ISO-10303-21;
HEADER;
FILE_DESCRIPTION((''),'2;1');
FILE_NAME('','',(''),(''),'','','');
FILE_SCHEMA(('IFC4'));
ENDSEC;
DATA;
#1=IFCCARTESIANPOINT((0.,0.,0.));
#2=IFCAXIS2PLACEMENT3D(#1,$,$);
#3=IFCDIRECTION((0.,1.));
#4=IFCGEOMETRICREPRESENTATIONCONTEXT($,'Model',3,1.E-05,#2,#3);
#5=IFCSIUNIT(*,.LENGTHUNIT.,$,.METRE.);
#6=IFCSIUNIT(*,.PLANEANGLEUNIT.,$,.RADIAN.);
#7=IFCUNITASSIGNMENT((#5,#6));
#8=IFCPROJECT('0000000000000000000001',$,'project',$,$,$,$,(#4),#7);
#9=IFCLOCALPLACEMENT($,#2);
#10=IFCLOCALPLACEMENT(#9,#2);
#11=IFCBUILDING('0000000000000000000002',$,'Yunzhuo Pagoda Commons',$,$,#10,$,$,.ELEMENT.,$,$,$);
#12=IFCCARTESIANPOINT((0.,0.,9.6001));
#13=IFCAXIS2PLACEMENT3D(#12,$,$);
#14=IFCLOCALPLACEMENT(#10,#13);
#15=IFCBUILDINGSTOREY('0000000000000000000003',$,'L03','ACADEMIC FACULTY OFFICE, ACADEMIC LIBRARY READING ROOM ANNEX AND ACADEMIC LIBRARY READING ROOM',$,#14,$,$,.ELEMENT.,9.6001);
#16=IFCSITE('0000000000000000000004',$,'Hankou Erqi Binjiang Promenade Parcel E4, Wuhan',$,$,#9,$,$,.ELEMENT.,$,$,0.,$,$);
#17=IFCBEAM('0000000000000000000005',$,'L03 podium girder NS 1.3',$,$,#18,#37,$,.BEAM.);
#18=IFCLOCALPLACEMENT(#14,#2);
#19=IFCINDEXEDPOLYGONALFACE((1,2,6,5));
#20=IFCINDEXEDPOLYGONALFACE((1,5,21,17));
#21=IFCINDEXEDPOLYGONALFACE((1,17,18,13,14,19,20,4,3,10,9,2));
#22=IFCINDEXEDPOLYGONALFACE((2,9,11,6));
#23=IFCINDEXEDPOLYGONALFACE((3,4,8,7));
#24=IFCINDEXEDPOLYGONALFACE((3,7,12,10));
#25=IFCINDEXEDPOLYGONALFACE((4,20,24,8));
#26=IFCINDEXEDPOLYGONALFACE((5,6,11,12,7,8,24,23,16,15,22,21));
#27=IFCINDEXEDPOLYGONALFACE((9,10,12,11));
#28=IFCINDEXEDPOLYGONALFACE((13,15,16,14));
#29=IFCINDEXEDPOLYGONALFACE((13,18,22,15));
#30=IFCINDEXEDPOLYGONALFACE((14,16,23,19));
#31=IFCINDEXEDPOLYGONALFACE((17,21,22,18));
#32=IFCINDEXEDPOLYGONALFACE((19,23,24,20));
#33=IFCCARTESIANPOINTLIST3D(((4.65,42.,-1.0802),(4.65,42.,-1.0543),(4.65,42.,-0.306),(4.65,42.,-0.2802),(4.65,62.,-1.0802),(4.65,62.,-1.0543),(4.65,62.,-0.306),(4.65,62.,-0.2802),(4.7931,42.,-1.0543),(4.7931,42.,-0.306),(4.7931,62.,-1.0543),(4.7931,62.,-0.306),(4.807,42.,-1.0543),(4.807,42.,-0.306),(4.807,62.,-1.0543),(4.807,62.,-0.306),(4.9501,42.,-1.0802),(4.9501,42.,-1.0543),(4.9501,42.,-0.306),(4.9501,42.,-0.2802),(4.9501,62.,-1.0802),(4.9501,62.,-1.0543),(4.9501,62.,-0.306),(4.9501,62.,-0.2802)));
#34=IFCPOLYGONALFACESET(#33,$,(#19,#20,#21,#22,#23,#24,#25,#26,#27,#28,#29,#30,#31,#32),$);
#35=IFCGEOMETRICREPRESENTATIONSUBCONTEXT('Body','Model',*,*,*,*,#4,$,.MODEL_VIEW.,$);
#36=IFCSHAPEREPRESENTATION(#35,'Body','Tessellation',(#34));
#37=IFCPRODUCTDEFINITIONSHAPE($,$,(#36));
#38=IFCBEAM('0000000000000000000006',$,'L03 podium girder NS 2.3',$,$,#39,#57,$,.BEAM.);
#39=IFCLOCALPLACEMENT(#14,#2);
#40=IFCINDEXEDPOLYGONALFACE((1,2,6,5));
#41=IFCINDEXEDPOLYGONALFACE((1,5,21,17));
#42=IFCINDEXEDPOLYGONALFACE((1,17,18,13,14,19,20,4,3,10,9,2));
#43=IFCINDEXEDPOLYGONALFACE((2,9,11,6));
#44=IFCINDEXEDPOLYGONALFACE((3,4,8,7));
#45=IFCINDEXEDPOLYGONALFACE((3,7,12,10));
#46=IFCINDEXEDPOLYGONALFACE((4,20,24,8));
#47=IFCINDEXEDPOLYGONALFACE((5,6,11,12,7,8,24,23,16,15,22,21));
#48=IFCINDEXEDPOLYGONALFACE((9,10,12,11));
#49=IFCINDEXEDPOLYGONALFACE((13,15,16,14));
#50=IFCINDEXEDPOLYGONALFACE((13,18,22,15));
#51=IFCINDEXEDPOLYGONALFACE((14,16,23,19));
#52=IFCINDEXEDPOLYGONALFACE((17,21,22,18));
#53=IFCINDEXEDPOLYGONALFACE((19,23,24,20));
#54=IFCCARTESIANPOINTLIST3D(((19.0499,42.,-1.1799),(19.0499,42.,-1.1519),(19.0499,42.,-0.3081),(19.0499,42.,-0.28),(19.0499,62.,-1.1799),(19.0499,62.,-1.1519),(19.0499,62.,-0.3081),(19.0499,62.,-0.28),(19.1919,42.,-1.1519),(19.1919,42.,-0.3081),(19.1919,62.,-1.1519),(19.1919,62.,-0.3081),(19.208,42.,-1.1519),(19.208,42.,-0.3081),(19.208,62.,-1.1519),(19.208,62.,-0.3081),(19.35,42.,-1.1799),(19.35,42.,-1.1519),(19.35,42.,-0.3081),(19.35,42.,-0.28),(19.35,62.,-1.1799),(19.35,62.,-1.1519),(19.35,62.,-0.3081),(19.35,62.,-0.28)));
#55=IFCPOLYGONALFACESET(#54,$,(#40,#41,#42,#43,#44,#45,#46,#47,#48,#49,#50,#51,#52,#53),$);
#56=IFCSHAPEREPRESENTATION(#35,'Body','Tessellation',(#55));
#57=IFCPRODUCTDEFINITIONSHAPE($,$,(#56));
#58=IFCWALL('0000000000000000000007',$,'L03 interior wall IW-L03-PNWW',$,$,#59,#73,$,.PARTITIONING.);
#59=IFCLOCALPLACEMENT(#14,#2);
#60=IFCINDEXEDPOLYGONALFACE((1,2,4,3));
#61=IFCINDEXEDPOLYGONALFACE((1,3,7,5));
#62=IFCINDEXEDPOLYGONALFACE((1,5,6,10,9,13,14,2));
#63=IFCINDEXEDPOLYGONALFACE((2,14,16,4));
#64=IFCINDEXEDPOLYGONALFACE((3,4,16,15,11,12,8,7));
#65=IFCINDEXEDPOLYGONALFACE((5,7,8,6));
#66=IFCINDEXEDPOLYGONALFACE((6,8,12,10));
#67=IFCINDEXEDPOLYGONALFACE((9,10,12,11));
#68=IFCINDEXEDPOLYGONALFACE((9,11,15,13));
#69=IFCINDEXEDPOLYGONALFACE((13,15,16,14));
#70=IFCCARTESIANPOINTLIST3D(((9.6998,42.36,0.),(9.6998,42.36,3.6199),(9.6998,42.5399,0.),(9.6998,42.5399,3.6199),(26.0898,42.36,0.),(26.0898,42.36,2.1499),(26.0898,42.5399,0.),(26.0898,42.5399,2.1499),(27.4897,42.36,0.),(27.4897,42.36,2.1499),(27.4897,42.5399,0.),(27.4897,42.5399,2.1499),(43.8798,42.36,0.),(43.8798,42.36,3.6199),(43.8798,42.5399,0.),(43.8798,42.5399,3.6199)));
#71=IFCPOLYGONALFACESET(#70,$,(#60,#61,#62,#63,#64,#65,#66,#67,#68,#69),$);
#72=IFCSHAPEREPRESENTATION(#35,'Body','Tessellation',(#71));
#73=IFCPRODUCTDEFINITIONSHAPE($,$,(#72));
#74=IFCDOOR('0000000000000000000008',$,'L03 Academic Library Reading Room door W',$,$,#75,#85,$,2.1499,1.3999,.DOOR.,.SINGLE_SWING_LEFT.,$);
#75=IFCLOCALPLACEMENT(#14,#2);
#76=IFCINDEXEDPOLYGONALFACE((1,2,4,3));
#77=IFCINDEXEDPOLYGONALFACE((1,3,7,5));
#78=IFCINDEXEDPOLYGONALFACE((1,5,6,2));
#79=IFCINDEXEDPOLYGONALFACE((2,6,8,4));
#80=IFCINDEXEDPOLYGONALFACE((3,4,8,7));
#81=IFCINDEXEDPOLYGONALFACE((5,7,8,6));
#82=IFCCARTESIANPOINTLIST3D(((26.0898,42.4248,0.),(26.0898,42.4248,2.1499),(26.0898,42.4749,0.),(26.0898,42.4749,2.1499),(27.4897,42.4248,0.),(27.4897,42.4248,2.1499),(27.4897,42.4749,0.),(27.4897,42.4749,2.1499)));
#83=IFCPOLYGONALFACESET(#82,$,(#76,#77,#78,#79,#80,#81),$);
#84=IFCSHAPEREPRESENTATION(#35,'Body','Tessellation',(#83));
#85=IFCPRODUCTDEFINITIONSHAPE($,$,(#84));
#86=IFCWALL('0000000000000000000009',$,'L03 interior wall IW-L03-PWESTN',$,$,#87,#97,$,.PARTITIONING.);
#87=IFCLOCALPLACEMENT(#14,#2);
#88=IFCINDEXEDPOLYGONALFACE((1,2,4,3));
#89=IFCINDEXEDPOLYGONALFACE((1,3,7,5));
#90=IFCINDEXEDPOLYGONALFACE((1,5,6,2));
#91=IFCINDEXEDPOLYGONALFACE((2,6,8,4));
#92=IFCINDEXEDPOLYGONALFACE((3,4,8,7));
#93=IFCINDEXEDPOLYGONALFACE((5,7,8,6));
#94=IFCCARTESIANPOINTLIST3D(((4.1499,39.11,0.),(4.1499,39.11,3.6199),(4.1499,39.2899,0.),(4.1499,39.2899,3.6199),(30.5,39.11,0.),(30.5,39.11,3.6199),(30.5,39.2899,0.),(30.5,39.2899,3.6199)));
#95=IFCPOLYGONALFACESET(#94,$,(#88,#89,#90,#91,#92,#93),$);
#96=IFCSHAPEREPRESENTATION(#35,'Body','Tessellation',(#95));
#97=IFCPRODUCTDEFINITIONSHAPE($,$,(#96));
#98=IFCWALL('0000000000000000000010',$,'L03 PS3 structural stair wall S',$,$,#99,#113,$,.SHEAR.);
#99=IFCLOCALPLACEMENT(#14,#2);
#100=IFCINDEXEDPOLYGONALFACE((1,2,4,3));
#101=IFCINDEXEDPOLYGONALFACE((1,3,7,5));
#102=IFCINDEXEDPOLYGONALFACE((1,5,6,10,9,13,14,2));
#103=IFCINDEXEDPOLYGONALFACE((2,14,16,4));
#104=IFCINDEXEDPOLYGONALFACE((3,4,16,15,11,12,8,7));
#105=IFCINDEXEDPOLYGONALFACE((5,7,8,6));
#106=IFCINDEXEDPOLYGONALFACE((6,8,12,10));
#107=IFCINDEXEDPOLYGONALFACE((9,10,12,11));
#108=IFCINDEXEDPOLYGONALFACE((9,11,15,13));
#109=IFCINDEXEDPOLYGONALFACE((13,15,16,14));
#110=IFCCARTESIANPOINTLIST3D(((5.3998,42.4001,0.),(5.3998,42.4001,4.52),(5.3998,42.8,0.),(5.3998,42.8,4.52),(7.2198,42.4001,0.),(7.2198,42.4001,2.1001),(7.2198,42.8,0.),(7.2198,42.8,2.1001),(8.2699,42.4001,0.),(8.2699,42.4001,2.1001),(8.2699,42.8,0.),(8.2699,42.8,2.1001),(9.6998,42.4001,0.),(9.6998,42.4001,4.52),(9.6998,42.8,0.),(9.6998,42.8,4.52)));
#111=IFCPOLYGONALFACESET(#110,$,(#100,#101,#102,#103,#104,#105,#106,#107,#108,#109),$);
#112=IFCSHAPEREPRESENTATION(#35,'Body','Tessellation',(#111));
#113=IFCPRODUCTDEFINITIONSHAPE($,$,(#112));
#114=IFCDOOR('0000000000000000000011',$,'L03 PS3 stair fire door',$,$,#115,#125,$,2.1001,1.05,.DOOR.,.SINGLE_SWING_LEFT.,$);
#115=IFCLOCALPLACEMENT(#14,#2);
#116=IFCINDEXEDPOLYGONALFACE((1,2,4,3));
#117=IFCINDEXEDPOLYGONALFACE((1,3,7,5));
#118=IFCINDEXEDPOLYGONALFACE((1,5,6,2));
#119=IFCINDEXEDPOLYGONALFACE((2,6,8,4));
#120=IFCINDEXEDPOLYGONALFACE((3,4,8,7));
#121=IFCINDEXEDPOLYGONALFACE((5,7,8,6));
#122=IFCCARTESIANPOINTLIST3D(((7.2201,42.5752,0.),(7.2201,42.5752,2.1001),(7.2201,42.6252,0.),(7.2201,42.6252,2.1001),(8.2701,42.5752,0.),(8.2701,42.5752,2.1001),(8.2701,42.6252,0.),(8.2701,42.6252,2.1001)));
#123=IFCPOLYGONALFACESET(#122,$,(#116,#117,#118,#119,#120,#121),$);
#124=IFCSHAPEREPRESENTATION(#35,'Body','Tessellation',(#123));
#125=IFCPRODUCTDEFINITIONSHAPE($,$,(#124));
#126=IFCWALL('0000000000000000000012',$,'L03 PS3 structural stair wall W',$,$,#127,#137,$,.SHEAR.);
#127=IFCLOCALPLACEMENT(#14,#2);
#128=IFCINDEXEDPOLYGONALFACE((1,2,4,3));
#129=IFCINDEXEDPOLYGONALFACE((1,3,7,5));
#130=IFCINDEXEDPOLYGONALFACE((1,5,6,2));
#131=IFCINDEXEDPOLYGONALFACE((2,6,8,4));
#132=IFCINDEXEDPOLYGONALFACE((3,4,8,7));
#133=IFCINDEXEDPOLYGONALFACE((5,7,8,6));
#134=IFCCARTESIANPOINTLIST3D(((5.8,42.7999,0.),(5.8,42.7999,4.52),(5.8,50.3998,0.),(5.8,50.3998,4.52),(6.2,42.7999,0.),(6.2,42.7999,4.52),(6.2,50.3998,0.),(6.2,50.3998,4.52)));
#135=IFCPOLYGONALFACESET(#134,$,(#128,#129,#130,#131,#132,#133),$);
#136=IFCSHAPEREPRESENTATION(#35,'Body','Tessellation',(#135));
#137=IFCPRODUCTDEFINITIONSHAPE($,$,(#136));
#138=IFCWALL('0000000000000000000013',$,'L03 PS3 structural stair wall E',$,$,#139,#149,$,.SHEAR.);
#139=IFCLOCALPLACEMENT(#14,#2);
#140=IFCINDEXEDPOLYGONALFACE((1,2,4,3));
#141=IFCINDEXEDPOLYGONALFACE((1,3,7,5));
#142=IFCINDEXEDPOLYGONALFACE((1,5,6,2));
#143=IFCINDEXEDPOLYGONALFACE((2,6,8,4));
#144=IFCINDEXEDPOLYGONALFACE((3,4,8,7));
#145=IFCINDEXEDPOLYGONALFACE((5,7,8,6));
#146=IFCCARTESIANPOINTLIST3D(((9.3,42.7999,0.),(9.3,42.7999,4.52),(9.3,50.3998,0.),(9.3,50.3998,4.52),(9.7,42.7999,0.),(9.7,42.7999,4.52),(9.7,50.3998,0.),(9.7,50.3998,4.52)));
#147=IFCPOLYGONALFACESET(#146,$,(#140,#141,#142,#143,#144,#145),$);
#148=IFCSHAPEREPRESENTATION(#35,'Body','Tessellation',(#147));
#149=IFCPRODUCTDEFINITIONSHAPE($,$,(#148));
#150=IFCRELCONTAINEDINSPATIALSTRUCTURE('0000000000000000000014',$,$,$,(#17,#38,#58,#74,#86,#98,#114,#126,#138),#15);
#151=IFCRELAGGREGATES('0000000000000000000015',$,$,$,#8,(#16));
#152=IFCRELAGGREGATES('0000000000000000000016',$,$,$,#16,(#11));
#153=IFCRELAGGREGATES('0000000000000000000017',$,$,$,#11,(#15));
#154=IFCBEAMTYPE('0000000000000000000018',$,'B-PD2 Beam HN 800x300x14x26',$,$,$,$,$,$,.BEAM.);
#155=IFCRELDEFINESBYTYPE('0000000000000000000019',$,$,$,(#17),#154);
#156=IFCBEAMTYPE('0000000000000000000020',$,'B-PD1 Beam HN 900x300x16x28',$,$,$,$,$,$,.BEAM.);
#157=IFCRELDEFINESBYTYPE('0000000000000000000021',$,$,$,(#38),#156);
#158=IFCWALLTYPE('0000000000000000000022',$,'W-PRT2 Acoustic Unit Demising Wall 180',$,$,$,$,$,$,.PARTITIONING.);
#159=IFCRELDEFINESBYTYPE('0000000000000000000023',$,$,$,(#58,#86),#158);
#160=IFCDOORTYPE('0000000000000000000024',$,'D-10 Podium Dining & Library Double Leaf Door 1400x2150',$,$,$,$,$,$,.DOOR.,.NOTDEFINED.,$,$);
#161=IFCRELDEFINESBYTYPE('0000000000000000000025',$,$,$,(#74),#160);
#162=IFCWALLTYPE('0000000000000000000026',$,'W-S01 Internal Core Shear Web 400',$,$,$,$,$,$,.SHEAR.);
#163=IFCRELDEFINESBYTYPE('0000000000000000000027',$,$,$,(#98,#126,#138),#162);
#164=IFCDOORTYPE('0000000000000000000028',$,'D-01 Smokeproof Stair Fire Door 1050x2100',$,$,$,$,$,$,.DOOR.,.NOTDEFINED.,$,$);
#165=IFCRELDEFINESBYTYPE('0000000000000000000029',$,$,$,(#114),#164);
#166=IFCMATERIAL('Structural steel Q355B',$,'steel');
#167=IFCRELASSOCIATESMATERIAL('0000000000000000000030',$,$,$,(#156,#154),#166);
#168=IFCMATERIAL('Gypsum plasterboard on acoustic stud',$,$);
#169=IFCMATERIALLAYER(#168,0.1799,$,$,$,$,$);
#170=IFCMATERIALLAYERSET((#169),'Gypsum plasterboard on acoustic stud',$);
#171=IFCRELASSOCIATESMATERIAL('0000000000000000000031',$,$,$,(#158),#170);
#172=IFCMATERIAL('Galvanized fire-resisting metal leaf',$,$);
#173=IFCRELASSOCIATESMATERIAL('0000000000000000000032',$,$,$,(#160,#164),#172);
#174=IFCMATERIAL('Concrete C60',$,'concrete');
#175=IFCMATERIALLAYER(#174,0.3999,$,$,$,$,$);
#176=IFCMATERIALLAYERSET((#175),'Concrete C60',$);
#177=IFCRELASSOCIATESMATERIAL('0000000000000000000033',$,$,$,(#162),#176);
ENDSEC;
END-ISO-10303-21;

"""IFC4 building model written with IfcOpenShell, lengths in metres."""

from ifc_helpers import new_model, si_unit, direction, frame, frame_2d, origin, origin_with_axes, origin_2d, place, context, subcontext, project, spatial, rectangle, i_section, extrude, source, transform, mapped, material, layer, layer_set, material_profile, profile_set, type_object, element, fill, save


model = new_model("IFC4")

# Units and contexts
model_context = context("Model", 3, precision=1e-05, world=origin(), true_north=direction((0.0, 1.0)))
body_context = subcontext(model_context, "Body", "Model", "MODEL_VIEW")
ifc_project = project(units=[si_unit("LENGTHUNIT", "METRE"), si_unit("PLANEANGLEUNIT", "RADIAN")], contexts=[model_context])

# Site, building, storey
site_placement = place(None, origin())
site = spatial("IfcSite", under=ifc_project, at=site_placement, Name="Hankou Erqi Binjiang Promenade Parcel E4, Wuhan", CompositionType="ELEMENT", RefElevation=0.0)
building_placement = place(site_placement, origin())
building = spatial("IfcBuilding", under=site, at=building_placement, Name="Yunzhuo Pagoda Commons", CompositionType="ELEMENT")
storey_placement = place(building_placement, frame((0.0, 0.0, 9.6001)))
storey = spatial("IfcBuildingStorey", under=building, at=storey_placement, Name="L03", Description="ACADEMIC FACULTY OFFICE, ACADEMIC LIBRARY READING ROOM ANNEX AND ACADEMIC LIBRARY READING ROOM", CompositionType="ELEMENT", Elevation=9.6001)

# Beams
ifc_material_1 = material(Name="Structural steel Q355B", Category="steel")
ifc_material_profile_1 = material_profile(ifc_material_1, i_section(OverallWidth=0.3, OverallDepth=0.8999, WebThickness=0.0161, FlangeThickness=0.0281, at=origin_2d()), Name="Structural steel Q355B")
ifc_profile_set_1 = profile_set([ifc_material_profile_1], Name="Structural steel Q355B")
beam_type_1 = type_object("IfcBeamType", Name="B-PD1 Beam HN 900x300x16x28", PredefinedType="BEAM", material=ifc_profile_set_1)
ifc_material_profile_2 = material_profile(ifc_material_1, i_section(OverallWidth=0.3, OverallDepth=0.8, WebThickness=0.0139, FlangeThickness=0.0259, at=origin_2d()), Name="Structural steel Q355B")
ifc_profile_set_2 = profile_set([ifc_material_profile_2], Name="Structural steel Q355B")
beam_type_2 = type_object("IfcBeamType", Name="B-PD2 Beam HN 800x300x14x26", PredefinedType="BEAM", material=ifc_profile_set_2)
shared_shape_1 = source(origin(), body_context, "Body", "SweptSolid", [
    extrude(i_section(OverallWidth=0.3, OverallDepth=0.8, WebThickness=0.0139, FlangeThickness=0.0259, at=origin_2d()), origin(), (0.0, 0.0, 1.0), 20.0),
])
beam_1_placement = place(storey_placement, frame((4.8, 42.0, -0.6802), z_axis=(0.0, 1.0, 0.0), x_axis=(-1.0, 0.0, 0.0)))
element("IfcBeam", 1, at=beam_1_placement, inside=storey, type_object=beam_type_2, Name="L03 podium girder NS 1.3", PredefinedType="BEAM", context=body_context, shape_type="MappedRepresentation", body=[
    mapped(shared_shape_1, transform((0.0, 0.0, 0.0), scale=1.0)),
])
shared_shape_2 = source(origin(), body_context, "Body", "SweptSolid", [
    extrude(i_section(OverallWidth=0.3, OverallDepth=0.8999, WebThickness=0.0161, FlangeThickness=0.0281, at=origin_2d()), origin(), (0.0, 0.0, 1.0), 20.0),
])
beam_2_placement = place(storey_placement, frame((19.2, 42.0, -0.73), z_axis=(0.0, 1.0, 0.0), x_axis=(-1.0, 0.0, 0.0)))
element("IfcBeam", 2, at=beam_2_placement, inside=storey, type_object=beam_type_1, Name="L03 podium girder NS 2.3", PredefinedType="BEAM", context=body_context, shape_type="MappedRepresentation", body=[
    mapped(shared_shape_2, transform((0.0, 0.0, 0.0), scale=1.0)),
])

# Wall, opening, door
ifc_material_2 = material(Name="Gypsum plasterboard on acoustic stud")
ifc_layer_1 = layer(ifc_material_2, 0.1799)
ifc_layer_set_1 = layer_set([ifc_layer_1], Name="Gypsum plasterboard on acoustic stud")
wall_type_1 = type_object("IfcWallType", Name="W-PRT2 Acoustic Unit Demising Wall 180", PredefinedType="PARTITIONING", material=ifc_layer_set_1)
wall_1_placement = place(storey_placement, frame((9.7, 42.45, 0.0), z_axis=(0.0, 0.0, 1.0), x_axis=(1.0, 0.0, 0.0)))
wall_1 = element("IfcWall", 3, at=wall_1_placement, inside=storey, type_object=wall_type_1, Name="L03 interior wall IW-L03-PNWW", PredefinedType="PARTITIONING", context=body_context, shape_type="SweptSolid", body=[
    extrude(rectangle(XDim=34.1799, YDim=0.1799, at=frame_2d((17.0898, 0.0))), origin(), (0.0, 0.0, 1.0), 3.6199),
])
opening_1_placement = place(wall_1_placement, frame((16.3899, 0.0, 0.0)))
opening_1 = element("IfcOpeningElement", 4, at=opening_1_placement, cuts=wall_1, PredefinedType="OPENING", context=body_context, shape_type="SweptSolid", body=[
    extrude(rectangle(XDim=1.3999, YDim=2.1499, at=frame_2d((0.7, 1.075))), frame((0.0, 0.1001, 0.0), z_axis=(0.0, -1.0, 0.0), x_axis=(1.0, 0.0, 0.0)), (0.0, 0.0, 1.0), 0.2),
])
ifc_material_3 = material(Name="Galvanized fire-resisting metal leaf")
door_type_1 = type_object("IfcDoorType", Name="D-10 Podium Dining & Library Double Leaf Door 1400x2150", OperationType="NOTDEFINED", PredefinedType="DOOR", material=ifc_material_3)
shared_shape_3 = source(origin(), body_context, "Body", "SweptSolid", [
    extrude(rectangle(XDim=1.3999, YDim=2.1499, at=frame_2d((0.7, 1.075))), frame((0.0, 0.0249, 0.0), z_axis=(0.0, -1.0, 0.0), x_axis=(1.0, 0.0, 0.0)), (0.0, 0.0, 1.0), 0.05),
])
door_1_placement = place(opening_1_placement, origin_with_axes())
door_1 = element("IfcDoor", 5, at=door_1_placement, inside=storey, type_object=door_type_1, Name="L03 Academic Library Reading Room door W", OperationType="SINGLE_SWING_LEFT", OverallHeight=2.1499, OverallWidth=1.3999, PredefinedType="DOOR", context=body_context, shape_type="MappedRepresentation", body=[
    mapped(shared_shape_3, transform((0.0, 0.0, 0.0), scale=1.0)),
])
fill(opening_1, door_1)

# Wall
wall_2_placement = place(storey_placement, frame((4.1499, 39.2, 0.0), z_axis=(0.0, 0.0, 1.0), x_axis=(1.0, 0.0, 0.0)))
element("IfcWall", 6, at=wall_2_placement, inside=storey, type_object=wall_type_1, Name="L03 interior wall IW-L03-PWESTN", PredefinedType="PARTITIONING", context=body_context, shape_type="SweptSolid", body=[
    extrude(rectangle(XDim=26.3501, YDim=0.1799, at=frame_2d((13.175, 0.0))), origin(), (0.0, 0.0, 1.0), 3.6199),
])

# Wall, opening, door
ifc_material_4 = material(Name="Concrete C60", Category="concrete")
ifc_layer_2 = layer(ifc_material_4, 0.3999)
ifc_layer_set_2 = layer_set([ifc_layer_2], Name="Concrete C60")
wall_type_2 = type_object("IfcWallType", Name="W-S01 Internal Core Shear Web 400", PredefinedType="SHEAR", material=ifc_layer_set_2)
wall_3_placement = place(storey_placement, frame((5.3999, 42.6001, 0.0), z_axis=(0.0, 0.0, 1.0), x_axis=(1.0, 0.0, 0.0)))
wall_3 = element("IfcWall", 7, at=wall_3_placement, inside=storey, type_object=wall_type_2, Name="L03 PS3 structural stair wall S", PredefinedType="SHEAR", context=body_context, shape_type="SweptSolid", body=[
    extrude(rectangle(XDim=4.3, YDim=0.3999, at=frame_2d((2.1499, 0.0))), origin(), (0.0, 0.0, 1.0), 4.52),
])
opening_2_placement = place(wall_3_placement, frame((1.8201, 0.0, 0.0)))
opening_2 = element("IfcOpeningElement", 8, at=opening_2_placement, cuts=wall_3, PredefinedType="OPENING", context=body_context, shape_type="SweptSolid", body=[
    extrude(rectangle(XDim=1.05, YDim=2.1001, at=frame_2d((0.5249, 1.05))), frame((0.0, 0.21, 0.0), z_axis=(0.0, -1.0, 0.0), x_axis=(1.0, 0.0, 0.0)), (0.0, 0.0, 1.0), 0.4199),
])
door_type_2 = type_object("IfcDoorType", Name="D-01 Smokeproof Stair Fire Door 1050x2100", OperationType="NOTDEFINED", PredefinedType="DOOR", material=ifc_material_3)
shared_shape_4 = source(origin(), body_context, "Body", "SweptSolid", [
    extrude(rectangle(XDim=1.05, YDim=2.1001, at=frame_2d((0.5249, 1.05))), frame((0.0, 0.0249, 0.0), z_axis=(0.0, -1.0, 0.0), x_axis=(1.0, 0.0, 0.0)), (0.0, 0.0, 1.0), 0.05),
])
door_2_placement = place(opening_2_placement, frame((1.05, 0.0, 0.0), z_axis=(0.0, 0.0, 1.0), x_axis=(-1.0, 0.0, 0.0)))
door_2 = element("IfcDoor", 9, at=door_2_placement, inside=storey, type_object=door_type_2, Name="L03 PS3 stair fire door", OperationType="SINGLE_SWING_LEFT", OverallHeight=2.1001, OverallWidth=1.05, PredefinedType="DOOR", context=body_context, shape_type="MappedRepresentation", body=[
    mapped(shared_shape_4, transform((0.0, 0.0, 0.0), scale=1.0)),
])
fill(opening_2, door_2)

# Walls
for number, where, z_axis, x_axis, name in (
    (10, (6.0, 42.8, 0.0), (0.0, 0.0, 1.0), (0.0, 1.0, 0.0), "L03 PS3 structural stair wall W"),
    (11, (9.5, 42.8, 0.0), (0.0, 0.0, 1.0), (0.0, 1.0, 0.0), "L03 PS3 structural stair wall E"),
):
    element("IfcWall", number, at=place(storey_placement, frame(where, z_axis=z_axis, x_axis=x_axis)), inside=storey, type_object=wall_type_2, Name=name, PredefinedType="SHEAR", context=body_context, shape_type="SweptSolid", body=[
        extrude(rectangle(XDim=7.5999, YDim=0.3999, at=frame_2d((3.7998, 0.0))), origin(), (0.0, 0.0, 1.0), 4.52),
    ])

save(model, "model.ifc")
